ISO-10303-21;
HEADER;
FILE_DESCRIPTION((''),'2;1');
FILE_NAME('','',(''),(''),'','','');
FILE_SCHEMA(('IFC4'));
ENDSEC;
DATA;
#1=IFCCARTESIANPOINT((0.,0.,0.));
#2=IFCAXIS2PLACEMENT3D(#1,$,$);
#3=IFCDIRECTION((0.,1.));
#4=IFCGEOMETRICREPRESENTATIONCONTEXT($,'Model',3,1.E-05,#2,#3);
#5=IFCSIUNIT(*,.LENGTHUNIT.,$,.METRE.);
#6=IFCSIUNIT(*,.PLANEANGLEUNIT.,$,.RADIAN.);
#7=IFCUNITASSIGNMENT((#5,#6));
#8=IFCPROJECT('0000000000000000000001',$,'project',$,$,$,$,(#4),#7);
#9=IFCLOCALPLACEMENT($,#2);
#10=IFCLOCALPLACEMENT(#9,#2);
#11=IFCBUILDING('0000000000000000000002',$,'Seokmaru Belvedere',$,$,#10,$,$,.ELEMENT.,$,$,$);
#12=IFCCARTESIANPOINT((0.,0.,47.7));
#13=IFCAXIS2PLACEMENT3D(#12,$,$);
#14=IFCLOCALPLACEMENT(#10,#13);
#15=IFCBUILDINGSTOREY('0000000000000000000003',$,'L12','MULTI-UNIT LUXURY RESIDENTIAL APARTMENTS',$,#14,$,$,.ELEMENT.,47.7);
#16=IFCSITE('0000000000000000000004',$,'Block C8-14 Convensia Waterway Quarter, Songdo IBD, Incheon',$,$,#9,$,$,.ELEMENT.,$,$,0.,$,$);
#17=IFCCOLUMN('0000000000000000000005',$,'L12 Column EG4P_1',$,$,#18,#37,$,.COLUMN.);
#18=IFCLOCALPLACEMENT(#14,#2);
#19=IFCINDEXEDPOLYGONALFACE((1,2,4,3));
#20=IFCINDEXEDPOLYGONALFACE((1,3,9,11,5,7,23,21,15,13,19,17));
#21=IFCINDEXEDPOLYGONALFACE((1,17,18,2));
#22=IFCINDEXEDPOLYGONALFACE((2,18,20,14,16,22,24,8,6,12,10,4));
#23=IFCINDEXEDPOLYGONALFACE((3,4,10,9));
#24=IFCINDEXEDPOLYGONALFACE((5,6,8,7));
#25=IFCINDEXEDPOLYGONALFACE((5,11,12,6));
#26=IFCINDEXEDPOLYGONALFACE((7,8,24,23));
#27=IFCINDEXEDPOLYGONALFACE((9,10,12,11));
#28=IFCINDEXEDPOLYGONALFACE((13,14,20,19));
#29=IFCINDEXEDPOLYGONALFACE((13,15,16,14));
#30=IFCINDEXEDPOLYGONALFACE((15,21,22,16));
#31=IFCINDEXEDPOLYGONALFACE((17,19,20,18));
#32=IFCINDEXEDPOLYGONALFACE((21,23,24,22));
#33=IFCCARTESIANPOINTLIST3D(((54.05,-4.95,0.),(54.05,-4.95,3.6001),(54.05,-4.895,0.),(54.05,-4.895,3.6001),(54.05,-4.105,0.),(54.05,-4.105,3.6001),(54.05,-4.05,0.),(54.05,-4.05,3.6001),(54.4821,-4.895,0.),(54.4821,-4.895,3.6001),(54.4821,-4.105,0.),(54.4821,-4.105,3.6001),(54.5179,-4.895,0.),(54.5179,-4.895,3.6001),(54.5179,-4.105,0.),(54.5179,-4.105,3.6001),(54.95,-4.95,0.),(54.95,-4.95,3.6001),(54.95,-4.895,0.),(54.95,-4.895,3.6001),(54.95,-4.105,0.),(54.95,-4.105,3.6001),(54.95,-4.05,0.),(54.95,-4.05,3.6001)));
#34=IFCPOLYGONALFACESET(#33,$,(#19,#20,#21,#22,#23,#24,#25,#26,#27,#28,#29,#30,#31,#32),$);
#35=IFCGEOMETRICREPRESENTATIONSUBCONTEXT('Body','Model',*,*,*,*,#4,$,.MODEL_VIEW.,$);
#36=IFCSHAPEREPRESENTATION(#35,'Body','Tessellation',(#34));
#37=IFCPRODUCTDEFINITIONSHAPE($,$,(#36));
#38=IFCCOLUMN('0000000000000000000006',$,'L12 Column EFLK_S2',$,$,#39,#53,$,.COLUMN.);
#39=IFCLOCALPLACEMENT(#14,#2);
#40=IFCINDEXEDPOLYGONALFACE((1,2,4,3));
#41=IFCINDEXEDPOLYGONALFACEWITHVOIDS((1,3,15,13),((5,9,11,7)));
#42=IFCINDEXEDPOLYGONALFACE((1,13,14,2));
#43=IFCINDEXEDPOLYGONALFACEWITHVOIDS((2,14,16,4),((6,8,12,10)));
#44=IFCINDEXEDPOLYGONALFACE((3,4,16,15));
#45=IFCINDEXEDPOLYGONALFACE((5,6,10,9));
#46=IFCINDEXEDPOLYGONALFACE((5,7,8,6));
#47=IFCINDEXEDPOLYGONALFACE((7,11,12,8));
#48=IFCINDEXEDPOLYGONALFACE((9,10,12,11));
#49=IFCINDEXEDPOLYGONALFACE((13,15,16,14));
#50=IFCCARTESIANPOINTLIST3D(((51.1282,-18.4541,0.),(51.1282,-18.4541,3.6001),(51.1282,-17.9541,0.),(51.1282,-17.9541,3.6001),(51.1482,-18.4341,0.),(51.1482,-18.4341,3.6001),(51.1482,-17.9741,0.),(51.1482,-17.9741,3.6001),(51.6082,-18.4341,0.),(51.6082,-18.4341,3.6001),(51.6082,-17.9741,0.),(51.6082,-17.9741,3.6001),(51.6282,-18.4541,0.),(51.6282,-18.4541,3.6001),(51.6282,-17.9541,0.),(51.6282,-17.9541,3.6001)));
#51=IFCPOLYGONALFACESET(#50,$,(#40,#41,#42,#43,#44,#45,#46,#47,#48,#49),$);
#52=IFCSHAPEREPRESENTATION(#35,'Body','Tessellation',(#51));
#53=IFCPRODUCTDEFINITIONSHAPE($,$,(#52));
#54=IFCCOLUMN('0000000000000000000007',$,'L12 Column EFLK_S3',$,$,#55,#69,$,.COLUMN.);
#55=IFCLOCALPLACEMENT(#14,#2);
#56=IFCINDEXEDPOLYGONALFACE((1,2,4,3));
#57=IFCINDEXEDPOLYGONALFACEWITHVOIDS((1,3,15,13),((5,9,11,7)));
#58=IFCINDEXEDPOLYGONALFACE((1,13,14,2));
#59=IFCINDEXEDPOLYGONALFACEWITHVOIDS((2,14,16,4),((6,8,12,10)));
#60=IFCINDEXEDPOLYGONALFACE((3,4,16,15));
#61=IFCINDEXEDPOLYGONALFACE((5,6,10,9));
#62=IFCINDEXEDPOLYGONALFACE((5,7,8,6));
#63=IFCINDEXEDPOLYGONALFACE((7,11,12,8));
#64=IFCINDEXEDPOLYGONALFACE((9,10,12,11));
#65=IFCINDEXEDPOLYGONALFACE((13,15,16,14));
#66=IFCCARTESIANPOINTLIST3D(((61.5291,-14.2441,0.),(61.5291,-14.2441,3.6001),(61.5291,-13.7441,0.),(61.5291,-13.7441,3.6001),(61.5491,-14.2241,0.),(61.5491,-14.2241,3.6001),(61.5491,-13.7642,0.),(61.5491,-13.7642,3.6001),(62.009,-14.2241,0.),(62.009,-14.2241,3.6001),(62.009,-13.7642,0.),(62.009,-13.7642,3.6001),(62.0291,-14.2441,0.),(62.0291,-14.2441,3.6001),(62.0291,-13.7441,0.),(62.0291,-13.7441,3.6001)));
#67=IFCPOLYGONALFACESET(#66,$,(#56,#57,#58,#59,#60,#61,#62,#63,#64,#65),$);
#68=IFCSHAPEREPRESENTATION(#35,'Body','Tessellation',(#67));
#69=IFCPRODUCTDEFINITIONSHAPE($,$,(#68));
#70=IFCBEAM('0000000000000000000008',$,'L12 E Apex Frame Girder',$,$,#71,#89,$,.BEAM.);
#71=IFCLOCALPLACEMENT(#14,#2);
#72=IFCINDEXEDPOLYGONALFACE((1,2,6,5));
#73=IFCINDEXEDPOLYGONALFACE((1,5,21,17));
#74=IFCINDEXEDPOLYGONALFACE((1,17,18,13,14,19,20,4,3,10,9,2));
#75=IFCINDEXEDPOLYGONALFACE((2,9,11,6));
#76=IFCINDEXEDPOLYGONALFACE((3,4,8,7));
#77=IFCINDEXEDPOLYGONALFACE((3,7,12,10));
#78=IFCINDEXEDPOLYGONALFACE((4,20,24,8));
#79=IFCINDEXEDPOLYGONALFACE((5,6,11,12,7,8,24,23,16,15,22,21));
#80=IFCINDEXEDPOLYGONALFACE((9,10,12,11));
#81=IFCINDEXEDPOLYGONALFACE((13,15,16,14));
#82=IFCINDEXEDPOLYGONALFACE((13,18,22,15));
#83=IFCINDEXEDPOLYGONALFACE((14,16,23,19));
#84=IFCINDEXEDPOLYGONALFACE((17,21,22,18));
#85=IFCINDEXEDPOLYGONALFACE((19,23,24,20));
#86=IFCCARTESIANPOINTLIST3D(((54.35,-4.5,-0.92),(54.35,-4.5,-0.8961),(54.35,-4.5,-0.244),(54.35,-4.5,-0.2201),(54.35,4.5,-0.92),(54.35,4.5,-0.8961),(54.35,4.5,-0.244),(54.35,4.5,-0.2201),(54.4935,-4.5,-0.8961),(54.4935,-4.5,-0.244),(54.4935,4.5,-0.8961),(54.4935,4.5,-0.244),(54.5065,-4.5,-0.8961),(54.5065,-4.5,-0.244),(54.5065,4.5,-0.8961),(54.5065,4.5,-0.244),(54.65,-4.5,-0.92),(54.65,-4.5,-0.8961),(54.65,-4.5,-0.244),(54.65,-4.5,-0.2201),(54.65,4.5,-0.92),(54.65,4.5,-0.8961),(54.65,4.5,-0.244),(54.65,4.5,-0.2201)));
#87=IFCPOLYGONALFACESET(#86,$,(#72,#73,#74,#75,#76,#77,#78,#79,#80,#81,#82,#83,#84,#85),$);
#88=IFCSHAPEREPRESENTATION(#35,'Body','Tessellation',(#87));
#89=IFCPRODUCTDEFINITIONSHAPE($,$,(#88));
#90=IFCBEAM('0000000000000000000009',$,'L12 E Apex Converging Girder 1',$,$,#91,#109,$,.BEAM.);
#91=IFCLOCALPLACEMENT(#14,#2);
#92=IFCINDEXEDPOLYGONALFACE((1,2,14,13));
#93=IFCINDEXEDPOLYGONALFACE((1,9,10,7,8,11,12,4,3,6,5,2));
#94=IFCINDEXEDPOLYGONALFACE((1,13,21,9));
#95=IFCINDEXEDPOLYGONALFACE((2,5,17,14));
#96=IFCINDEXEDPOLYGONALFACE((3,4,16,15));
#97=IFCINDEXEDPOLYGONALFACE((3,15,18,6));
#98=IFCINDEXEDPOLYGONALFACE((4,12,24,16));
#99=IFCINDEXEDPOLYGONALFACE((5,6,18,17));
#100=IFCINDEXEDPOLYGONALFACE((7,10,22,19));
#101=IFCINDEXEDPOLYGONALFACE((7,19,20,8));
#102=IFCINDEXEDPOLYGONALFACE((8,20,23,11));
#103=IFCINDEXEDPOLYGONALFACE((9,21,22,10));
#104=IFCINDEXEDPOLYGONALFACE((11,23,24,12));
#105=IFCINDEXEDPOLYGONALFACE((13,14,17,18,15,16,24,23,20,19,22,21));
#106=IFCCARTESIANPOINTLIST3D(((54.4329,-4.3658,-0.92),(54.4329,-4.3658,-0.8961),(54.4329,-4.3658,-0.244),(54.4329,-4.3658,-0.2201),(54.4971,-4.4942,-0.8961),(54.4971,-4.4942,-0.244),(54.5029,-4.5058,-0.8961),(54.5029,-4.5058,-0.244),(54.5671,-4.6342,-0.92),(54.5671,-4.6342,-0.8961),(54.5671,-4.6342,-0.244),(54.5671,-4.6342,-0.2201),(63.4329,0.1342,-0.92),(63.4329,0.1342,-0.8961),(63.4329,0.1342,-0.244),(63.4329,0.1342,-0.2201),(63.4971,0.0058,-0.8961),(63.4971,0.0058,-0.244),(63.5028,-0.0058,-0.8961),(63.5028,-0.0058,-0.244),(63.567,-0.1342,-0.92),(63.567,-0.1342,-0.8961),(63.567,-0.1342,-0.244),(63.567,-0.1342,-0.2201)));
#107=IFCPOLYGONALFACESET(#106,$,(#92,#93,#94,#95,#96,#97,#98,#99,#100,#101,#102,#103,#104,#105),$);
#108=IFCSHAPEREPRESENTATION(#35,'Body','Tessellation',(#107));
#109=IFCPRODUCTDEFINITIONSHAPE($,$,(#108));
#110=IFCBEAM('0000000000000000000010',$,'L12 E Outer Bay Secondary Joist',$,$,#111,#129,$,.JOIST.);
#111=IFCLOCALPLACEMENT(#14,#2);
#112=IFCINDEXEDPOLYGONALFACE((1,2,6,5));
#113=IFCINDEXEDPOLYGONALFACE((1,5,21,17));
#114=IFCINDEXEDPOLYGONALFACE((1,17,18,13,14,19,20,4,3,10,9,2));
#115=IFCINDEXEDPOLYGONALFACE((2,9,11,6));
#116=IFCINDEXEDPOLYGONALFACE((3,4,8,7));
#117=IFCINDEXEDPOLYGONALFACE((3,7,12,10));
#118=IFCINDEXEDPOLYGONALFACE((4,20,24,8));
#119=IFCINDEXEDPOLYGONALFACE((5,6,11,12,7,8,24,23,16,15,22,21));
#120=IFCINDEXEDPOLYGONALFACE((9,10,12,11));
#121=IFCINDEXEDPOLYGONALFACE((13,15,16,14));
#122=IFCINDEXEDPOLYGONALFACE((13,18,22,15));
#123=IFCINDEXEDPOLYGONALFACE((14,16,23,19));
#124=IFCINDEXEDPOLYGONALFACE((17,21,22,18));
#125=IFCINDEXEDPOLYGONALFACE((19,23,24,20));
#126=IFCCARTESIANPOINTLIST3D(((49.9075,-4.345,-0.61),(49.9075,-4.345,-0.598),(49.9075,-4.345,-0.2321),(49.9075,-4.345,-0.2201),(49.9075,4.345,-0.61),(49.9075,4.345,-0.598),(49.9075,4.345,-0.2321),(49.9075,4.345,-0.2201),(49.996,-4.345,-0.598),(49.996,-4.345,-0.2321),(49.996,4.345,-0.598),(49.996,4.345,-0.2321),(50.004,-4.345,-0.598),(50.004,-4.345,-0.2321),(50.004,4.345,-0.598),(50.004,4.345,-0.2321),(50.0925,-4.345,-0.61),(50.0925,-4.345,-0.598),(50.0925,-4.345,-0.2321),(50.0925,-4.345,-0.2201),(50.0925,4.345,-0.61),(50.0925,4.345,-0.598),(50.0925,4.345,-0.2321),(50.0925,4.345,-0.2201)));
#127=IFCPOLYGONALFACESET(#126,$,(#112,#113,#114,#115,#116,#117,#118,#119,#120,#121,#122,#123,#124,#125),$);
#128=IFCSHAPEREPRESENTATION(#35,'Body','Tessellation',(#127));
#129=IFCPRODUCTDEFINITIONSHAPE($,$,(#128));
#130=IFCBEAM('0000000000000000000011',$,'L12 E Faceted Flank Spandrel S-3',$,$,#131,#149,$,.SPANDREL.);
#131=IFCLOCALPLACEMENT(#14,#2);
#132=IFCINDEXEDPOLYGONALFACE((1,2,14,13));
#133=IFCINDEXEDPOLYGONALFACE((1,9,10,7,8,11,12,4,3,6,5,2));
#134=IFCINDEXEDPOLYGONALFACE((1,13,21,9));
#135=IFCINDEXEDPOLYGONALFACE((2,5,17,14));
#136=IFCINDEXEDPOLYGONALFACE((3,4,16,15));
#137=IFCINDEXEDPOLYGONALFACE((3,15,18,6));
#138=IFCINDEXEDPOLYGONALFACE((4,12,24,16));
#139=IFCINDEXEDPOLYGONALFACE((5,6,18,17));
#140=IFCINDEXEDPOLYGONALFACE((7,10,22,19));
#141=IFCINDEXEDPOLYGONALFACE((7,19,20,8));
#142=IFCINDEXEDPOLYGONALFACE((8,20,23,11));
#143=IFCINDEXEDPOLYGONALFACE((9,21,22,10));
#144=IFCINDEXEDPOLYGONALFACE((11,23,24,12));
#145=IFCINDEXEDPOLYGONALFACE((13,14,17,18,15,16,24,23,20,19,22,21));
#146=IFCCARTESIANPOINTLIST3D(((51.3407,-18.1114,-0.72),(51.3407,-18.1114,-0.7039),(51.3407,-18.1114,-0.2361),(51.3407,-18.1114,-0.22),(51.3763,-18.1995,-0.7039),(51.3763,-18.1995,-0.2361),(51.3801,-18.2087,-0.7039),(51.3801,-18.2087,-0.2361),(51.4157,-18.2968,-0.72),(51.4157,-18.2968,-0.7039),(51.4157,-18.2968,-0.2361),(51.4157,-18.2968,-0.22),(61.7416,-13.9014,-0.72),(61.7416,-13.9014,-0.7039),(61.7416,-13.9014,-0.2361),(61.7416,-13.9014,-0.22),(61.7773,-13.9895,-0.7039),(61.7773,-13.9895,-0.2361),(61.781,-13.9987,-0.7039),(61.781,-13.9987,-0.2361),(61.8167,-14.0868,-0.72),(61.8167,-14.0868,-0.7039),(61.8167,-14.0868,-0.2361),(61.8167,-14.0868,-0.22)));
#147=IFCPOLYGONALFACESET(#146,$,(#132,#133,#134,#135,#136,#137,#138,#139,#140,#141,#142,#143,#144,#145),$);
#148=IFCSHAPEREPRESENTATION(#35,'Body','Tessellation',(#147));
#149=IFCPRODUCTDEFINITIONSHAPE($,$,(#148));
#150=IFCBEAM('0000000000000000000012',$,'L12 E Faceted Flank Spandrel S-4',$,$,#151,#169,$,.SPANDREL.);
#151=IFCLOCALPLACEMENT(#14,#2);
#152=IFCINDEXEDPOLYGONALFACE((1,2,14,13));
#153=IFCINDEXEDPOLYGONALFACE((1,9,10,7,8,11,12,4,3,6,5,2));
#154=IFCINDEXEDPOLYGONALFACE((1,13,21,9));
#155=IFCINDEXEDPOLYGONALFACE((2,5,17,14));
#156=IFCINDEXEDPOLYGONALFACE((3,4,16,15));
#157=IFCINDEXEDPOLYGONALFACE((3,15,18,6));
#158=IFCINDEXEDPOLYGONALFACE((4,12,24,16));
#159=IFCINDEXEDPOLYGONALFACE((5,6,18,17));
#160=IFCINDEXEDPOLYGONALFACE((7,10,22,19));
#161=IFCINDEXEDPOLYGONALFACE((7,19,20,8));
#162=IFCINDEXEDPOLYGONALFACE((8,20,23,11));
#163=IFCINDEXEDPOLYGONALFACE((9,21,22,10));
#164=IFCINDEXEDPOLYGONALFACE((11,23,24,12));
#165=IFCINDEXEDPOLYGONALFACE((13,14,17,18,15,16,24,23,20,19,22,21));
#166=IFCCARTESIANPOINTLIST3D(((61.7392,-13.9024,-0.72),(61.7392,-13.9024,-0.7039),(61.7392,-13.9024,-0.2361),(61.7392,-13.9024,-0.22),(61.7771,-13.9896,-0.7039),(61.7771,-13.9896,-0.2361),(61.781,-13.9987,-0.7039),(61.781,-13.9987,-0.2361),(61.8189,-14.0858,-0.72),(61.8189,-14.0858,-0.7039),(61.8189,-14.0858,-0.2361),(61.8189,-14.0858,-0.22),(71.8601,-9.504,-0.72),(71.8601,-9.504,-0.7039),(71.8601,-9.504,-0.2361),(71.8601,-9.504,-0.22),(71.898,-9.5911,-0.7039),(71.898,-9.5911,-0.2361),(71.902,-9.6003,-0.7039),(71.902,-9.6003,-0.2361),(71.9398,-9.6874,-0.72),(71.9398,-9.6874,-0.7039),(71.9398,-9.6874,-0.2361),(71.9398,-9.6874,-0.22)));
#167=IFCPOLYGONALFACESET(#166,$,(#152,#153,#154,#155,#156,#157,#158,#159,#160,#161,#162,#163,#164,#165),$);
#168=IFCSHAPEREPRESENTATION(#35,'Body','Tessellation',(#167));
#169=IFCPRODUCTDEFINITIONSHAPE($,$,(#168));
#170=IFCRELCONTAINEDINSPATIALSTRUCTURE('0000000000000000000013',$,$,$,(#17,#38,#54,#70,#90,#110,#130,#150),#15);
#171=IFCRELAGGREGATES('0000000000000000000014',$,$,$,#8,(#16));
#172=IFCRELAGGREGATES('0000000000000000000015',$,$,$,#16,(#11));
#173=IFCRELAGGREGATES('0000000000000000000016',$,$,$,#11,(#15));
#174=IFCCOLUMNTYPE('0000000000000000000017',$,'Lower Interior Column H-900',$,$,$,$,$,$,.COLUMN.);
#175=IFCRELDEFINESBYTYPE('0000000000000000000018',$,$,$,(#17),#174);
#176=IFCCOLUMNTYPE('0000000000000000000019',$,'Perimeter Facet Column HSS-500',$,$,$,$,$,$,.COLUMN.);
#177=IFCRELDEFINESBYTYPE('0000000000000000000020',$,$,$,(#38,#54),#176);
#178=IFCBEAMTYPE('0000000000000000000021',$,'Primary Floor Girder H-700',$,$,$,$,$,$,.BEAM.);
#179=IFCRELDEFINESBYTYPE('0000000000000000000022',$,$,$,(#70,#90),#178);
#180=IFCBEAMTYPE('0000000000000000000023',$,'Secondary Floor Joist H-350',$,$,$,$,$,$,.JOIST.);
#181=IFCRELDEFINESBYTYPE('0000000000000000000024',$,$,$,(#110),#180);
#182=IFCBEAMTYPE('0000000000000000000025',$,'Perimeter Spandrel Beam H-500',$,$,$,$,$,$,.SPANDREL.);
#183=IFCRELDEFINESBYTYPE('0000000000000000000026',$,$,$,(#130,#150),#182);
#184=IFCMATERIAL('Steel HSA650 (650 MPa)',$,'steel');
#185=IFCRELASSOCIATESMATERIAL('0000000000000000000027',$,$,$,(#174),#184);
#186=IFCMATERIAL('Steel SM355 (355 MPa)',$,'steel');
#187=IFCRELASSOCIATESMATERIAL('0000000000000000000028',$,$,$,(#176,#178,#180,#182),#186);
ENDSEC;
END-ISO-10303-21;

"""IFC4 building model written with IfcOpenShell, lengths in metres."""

from ifc_helpers import new_model, si_unit, direction, frame, origin, origin_2d, place, context, subcontext, project, spatial, hollow_rectangle, i_section, extrude, source, transform, mapped, material, material_profile, profile_set, type_object, type_shapes, element, save


model = new_model("IFC4")

# Units and contexts
model_context = context("Model", 3, precision=1e-05, world=origin(), true_north=direction((0.0, 1.0)))
body_context = subcontext(model_context, "Body", "Model", "MODEL_VIEW")
ifc_project = project(units=[si_unit("LENGTHUNIT", "METRE"), si_unit("PLANEANGLEUNIT", "RADIAN")], contexts=[model_context])

# Site, building, storey
site_placement = place(None, origin())
site = spatial("IfcSite", under=ifc_project, at=site_placement, Name="Block C8-14 Convensia Waterway Quarter, Songdo IBD, Incheon", CompositionType="ELEMENT", RefElevation=0.0)
building_placement = place(site_placement, origin())
building = spatial("IfcBuilding", under=site, at=building_placement, Name="Seokmaru Belvedere", CompositionType="ELEMENT")
storey_placement = place(building_placement, frame((0.0, 0.0, 47.7)))
storey = spatial("IfcBuildingStorey", under=building, at=storey_placement, Name="L12", Description="MULTI-UNIT LUXURY RESIDENTIAL APARTMENTS", CompositionType="ELEMENT", Elevation=47.7)

# Columns
ifc_material_1 = material(Name="Steel HSA650 (650 MPa)", Category="steel")
ifc_material_profile_1 = material_profile(ifc_material_1, i_section(OverallWidth=0.8999, OverallDepth=0.8999, WebThickness=0.0359, FlangeThickness=0.0549, at=origin_2d()), Name="H-900x900x36x55")
ifc_profile_set_1 = profile_set([ifc_material_profile_1], Name="Steel HSA650 (650 MPa)")
column_type_1 = type_object("IfcColumnType", Name="Lower Interior Column H-900", PredefinedType="COLUMN", material=ifc_profile_set_1)
shared_shape_1 = source(origin(), body_context, "Body", "SweptSolid", [
    extrude(i_section(OverallWidth=0.8999, OverallDepth=0.8999, WebThickness=0.0359, FlangeThickness=0.0549, at=origin_2d()), origin(), (0.0, 0.0, 1.0), 3.6001),
])
type_shapes(column_type_1, [shared_shape_1])
column_placement = place(storey_placement, frame((54.5, -4.5, 0.0), z_axis=(0.0, 0.0, 1.0), x_axis=(1.0, 0.0, 0.0)))
element("IfcColumn", 1, at=column_placement, inside=storey, type_object=column_type_1, Name="L12 Column EG4P_1", PredefinedType="COLUMN", context=body_context, shape_type="MappedRepresentation", body=[
    mapped(shared_shape_1, transform((0.0, 0.0, 0.0), scale=1.0)),
])
ifc_material_2 = material(Name="Steel SM355 (355 MPa)", Category="steel")
ifc_material_profile_2 = material_profile(ifc_material_2, hollow_rectangle(XDim=0.5, YDim=0.5, WallThickness=0.02, at=origin_2d()), Name="HSS-500x500x20")
ifc_profile_set_2 = profile_set([ifc_material_profile_2], Name="Steel SM355 (355 MPa)")
column_type_2 = type_object("IfcColumnType", Name="Perimeter Facet Column HSS-500", PredefinedType="COLUMN", material=ifc_profile_set_2)
shared_shape_2 = source(origin(), body_context, "Body", "SweptSolid", [
    extrude(hollow_rectangle(XDim=0.5, YDim=0.5, WallThickness=0.02, at=origin_2d()), origin(), (0.0, 0.0, 1.0), 3.6001),
])
type_shapes(column_type_2, [shared_shape_2])
for number, where, z_axis, x_axis, name in (
    (2, (51.3782, -18.2041, 0.0), (0.0, 0.0, 1.0), (1.0, 0.0, 0.0), "L12 Column EFLK_S2"),
    (3, (61.7791, -13.9941, 0.0), (0.0, 0.0, 1.0), (1.0, 0.0, 0.0), "L12 Column EFLK_S3"),
):
    element("IfcColumn", number, at=place(storey_placement, frame(where, z_axis=z_axis, x_axis=x_axis)), inside=storey, type_object=column_type_2, Name=name, PredefinedType="COLUMN", context=body_context, shape_type="MappedRepresentation", body=[
        mapped(shared_shape_2, transform((0.0, 0.0, 0.0), scale=1.0)),
    ])

# Beams
ifc_material_profile_3 = material_profile(ifc_material_2, i_section(OverallWidth=0.3, OverallDepth=0.7, WebThickness=0.0129, FlangeThickness=0.0239, at=origin_2d()), Name="H-700x300x13x24")
ifc_profile_set_3 = profile_set([ifc_material_profile_3], Name="Steel SM355 (355 MPa)")
beam_type_1 = type_object("IfcBeamType", Name="Primary Floor Girder H-700", PredefinedType="BEAM", material=ifc_profile_set_3)
shared_shape_3 = source(origin(), body_context, "Body", "SweptSolid", [
    extrude(i_section(OverallWidth=0.3, OverallDepth=0.7, WebThickness=0.0129, FlangeThickness=0.0239, at=origin_2d()), origin(), (0.0, 0.0, 1.0), 9.0),
])
beam_1_placement = place(storey_placement, frame((54.5, -4.5, -0.5701), z_axis=(0.0, 1.0, 0.0), x_axis=(-1.0, 0.0, 0.0)))
element("IfcBeam", 4, at=beam_1_placement, inside=storey, type_object=beam_type_1, Name="L12 E Apex Frame Girder", PredefinedType="BEAM", context=body_context, shape_type="MappedRepresentation", body=[
    mapped(shared_shape_3, transform((0.0, 0.0, 0.0), scale=1.0)),
])
shared_shape_4 = source(origin(), body_context, "Body", "SweptSolid", [
    extrude(i_section(OverallWidth=0.3, OverallDepth=0.7, WebThickness=0.0129, FlangeThickness=0.0239, at=origin_2d()), origin(), (0.0, 0.0, 1.0), 10.0623),
])
beam_2_placement = place(storey_placement, frame((54.5, -4.5, -0.5701), z_axis=(0.894427, 0.447214, 0.0), x_axis=(-0.447214, 0.894427, 0.0)))
element("IfcBeam", 5, at=beam_2_placement, inside=storey, type_object=beam_type_1, Name="L12 E Apex Converging Girder 1", PredefinedType="BEAM", context=body_context, shape_type="MappedRepresentation", body=[
    mapped(shared_shape_4, transform((0.0, 0.0, 0.0), scale=1.0)),
])
ifc_material_profile_4 = material_profile(ifc_material_2, i_section(OverallWidth=0.1851, OverallDepth=0.3899, WebThickness=0.0081, FlangeThickness=0.012, at=origin_2d()), Name="H-390x185x8x12")
ifc_profile_set_4 = profile_set([ifc_material_profile_4], Name="Steel SM355 (355 MPa)")
beam_type_2 = type_object("IfcBeamType", Name="Secondary Floor Joist H-350", PredefinedType="JOIST", material=ifc_profile_set_4)
shared_shape_5 = source(origin(), body_context, "Body", "SweptSolid", [
    extrude(i_section(OverallWidth=0.1851, OverallDepth=0.3899, WebThickness=0.0081, FlangeThickness=0.012, at=origin_2d()), origin(), (0.0, 0.0, 1.0), 8.6899),
])
type_shapes(beam_type_2, [shared_shape_5])
beam_3_placement = place(storey_placement, frame((50.0, -4.345, -0.415), z_axis=(0.0, 1.0, 0.0), x_axis=(-1.0, 0.0, 0.0)))
element("IfcBeam", 6, at=beam_3_placement, inside=storey, type_object=beam_type_2, Name="L12 E Outer Bay Secondary Joist", PredefinedType="JOIST", context=body_context, shape_type="MappedRepresentation", body=[
    mapped(shared_shape_5, transform((0.0, 0.0, 0.0), scale=1.0)),
])
ifc_material_profile_5 = material_profile(ifc_material_2, i_section(OverallWidth=0.2, OverallDepth=0.5, WebThickness=0.01, FlangeThickness=0.0161, at=origin_2d()), Name="H-500x200x10x16")
ifc_profile_set_5 = profile_set([ifc_material_profile_5], Name="Steel SM355 (355 MPa)")
beam_type_3 = type_object("IfcBeamType", Name="Perimeter Spandrel Beam H-500", PredefinedType="SPANDREL", material=ifc_profile_set_5)
shared_shape_6 = source(origin(), body_context, "Body", "SweptSolid", [
    extrude(i_section(OverallWidth=0.2, OverallDepth=0.5, WebThickness=0.01, FlangeThickness=0.0161, at=origin_2d()), origin(), (0.0, 0.0, 1.0), 11.2207),
])
beam_4_placement = place(storey_placement, frame((51.3782, -18.2041, -0.47), z_axis=(0.926944, 0.375199, 0.0), x_axis=(-0.375199, 0.926944, 0.0)))
element("IfcBeam", 7, at=beam_4_placement, inside=storey, type_object=beam_type_3, Name="L12 E Faceted Flank Spandrel S-3", PredefinedType="SPANDREL", context=body_context, shape_type="MappedRepresentation", body=[
    mapped(shared_shape_6, transform((0.0, 0.0, 0.0), scale=1.0)),
])
shared_shape_7 = source(origin(), body_context, "Body", "SweptSolid", [
    extrude(i_section(OverallWidth=0.2, OverallDepth=0.5, WebThickness=0.01, FlangeThickness=0.0161, at=origin_2d()), origin(), (0.0, 0.0, 1.0), 11.0354),
])
type_shapes(beam_type_3, [shared_shape_6, shared_shape_7])
beam_5_placement = place(storey_placement, frame((61.7791, -13.9941, -0.47), z_axis=(0.917134, 0.398579, 0.0), x_axis=(-0.398579, 0.917134, 0.0)))
element("IfcBeam", 8, at=beam_5_placement, inside=storey, type_object=beam_type_3, Name="L12 E Faceted Flank Spandrel S-4", PredefinedType="SPANDREL", context=body_context, shape_type="MappedRepresentation", body=[
    mapped(shared_shape_7, transform((0.0, 0.0, 0.0), scale=1.0)),
])

save(model, "model.ifc")
